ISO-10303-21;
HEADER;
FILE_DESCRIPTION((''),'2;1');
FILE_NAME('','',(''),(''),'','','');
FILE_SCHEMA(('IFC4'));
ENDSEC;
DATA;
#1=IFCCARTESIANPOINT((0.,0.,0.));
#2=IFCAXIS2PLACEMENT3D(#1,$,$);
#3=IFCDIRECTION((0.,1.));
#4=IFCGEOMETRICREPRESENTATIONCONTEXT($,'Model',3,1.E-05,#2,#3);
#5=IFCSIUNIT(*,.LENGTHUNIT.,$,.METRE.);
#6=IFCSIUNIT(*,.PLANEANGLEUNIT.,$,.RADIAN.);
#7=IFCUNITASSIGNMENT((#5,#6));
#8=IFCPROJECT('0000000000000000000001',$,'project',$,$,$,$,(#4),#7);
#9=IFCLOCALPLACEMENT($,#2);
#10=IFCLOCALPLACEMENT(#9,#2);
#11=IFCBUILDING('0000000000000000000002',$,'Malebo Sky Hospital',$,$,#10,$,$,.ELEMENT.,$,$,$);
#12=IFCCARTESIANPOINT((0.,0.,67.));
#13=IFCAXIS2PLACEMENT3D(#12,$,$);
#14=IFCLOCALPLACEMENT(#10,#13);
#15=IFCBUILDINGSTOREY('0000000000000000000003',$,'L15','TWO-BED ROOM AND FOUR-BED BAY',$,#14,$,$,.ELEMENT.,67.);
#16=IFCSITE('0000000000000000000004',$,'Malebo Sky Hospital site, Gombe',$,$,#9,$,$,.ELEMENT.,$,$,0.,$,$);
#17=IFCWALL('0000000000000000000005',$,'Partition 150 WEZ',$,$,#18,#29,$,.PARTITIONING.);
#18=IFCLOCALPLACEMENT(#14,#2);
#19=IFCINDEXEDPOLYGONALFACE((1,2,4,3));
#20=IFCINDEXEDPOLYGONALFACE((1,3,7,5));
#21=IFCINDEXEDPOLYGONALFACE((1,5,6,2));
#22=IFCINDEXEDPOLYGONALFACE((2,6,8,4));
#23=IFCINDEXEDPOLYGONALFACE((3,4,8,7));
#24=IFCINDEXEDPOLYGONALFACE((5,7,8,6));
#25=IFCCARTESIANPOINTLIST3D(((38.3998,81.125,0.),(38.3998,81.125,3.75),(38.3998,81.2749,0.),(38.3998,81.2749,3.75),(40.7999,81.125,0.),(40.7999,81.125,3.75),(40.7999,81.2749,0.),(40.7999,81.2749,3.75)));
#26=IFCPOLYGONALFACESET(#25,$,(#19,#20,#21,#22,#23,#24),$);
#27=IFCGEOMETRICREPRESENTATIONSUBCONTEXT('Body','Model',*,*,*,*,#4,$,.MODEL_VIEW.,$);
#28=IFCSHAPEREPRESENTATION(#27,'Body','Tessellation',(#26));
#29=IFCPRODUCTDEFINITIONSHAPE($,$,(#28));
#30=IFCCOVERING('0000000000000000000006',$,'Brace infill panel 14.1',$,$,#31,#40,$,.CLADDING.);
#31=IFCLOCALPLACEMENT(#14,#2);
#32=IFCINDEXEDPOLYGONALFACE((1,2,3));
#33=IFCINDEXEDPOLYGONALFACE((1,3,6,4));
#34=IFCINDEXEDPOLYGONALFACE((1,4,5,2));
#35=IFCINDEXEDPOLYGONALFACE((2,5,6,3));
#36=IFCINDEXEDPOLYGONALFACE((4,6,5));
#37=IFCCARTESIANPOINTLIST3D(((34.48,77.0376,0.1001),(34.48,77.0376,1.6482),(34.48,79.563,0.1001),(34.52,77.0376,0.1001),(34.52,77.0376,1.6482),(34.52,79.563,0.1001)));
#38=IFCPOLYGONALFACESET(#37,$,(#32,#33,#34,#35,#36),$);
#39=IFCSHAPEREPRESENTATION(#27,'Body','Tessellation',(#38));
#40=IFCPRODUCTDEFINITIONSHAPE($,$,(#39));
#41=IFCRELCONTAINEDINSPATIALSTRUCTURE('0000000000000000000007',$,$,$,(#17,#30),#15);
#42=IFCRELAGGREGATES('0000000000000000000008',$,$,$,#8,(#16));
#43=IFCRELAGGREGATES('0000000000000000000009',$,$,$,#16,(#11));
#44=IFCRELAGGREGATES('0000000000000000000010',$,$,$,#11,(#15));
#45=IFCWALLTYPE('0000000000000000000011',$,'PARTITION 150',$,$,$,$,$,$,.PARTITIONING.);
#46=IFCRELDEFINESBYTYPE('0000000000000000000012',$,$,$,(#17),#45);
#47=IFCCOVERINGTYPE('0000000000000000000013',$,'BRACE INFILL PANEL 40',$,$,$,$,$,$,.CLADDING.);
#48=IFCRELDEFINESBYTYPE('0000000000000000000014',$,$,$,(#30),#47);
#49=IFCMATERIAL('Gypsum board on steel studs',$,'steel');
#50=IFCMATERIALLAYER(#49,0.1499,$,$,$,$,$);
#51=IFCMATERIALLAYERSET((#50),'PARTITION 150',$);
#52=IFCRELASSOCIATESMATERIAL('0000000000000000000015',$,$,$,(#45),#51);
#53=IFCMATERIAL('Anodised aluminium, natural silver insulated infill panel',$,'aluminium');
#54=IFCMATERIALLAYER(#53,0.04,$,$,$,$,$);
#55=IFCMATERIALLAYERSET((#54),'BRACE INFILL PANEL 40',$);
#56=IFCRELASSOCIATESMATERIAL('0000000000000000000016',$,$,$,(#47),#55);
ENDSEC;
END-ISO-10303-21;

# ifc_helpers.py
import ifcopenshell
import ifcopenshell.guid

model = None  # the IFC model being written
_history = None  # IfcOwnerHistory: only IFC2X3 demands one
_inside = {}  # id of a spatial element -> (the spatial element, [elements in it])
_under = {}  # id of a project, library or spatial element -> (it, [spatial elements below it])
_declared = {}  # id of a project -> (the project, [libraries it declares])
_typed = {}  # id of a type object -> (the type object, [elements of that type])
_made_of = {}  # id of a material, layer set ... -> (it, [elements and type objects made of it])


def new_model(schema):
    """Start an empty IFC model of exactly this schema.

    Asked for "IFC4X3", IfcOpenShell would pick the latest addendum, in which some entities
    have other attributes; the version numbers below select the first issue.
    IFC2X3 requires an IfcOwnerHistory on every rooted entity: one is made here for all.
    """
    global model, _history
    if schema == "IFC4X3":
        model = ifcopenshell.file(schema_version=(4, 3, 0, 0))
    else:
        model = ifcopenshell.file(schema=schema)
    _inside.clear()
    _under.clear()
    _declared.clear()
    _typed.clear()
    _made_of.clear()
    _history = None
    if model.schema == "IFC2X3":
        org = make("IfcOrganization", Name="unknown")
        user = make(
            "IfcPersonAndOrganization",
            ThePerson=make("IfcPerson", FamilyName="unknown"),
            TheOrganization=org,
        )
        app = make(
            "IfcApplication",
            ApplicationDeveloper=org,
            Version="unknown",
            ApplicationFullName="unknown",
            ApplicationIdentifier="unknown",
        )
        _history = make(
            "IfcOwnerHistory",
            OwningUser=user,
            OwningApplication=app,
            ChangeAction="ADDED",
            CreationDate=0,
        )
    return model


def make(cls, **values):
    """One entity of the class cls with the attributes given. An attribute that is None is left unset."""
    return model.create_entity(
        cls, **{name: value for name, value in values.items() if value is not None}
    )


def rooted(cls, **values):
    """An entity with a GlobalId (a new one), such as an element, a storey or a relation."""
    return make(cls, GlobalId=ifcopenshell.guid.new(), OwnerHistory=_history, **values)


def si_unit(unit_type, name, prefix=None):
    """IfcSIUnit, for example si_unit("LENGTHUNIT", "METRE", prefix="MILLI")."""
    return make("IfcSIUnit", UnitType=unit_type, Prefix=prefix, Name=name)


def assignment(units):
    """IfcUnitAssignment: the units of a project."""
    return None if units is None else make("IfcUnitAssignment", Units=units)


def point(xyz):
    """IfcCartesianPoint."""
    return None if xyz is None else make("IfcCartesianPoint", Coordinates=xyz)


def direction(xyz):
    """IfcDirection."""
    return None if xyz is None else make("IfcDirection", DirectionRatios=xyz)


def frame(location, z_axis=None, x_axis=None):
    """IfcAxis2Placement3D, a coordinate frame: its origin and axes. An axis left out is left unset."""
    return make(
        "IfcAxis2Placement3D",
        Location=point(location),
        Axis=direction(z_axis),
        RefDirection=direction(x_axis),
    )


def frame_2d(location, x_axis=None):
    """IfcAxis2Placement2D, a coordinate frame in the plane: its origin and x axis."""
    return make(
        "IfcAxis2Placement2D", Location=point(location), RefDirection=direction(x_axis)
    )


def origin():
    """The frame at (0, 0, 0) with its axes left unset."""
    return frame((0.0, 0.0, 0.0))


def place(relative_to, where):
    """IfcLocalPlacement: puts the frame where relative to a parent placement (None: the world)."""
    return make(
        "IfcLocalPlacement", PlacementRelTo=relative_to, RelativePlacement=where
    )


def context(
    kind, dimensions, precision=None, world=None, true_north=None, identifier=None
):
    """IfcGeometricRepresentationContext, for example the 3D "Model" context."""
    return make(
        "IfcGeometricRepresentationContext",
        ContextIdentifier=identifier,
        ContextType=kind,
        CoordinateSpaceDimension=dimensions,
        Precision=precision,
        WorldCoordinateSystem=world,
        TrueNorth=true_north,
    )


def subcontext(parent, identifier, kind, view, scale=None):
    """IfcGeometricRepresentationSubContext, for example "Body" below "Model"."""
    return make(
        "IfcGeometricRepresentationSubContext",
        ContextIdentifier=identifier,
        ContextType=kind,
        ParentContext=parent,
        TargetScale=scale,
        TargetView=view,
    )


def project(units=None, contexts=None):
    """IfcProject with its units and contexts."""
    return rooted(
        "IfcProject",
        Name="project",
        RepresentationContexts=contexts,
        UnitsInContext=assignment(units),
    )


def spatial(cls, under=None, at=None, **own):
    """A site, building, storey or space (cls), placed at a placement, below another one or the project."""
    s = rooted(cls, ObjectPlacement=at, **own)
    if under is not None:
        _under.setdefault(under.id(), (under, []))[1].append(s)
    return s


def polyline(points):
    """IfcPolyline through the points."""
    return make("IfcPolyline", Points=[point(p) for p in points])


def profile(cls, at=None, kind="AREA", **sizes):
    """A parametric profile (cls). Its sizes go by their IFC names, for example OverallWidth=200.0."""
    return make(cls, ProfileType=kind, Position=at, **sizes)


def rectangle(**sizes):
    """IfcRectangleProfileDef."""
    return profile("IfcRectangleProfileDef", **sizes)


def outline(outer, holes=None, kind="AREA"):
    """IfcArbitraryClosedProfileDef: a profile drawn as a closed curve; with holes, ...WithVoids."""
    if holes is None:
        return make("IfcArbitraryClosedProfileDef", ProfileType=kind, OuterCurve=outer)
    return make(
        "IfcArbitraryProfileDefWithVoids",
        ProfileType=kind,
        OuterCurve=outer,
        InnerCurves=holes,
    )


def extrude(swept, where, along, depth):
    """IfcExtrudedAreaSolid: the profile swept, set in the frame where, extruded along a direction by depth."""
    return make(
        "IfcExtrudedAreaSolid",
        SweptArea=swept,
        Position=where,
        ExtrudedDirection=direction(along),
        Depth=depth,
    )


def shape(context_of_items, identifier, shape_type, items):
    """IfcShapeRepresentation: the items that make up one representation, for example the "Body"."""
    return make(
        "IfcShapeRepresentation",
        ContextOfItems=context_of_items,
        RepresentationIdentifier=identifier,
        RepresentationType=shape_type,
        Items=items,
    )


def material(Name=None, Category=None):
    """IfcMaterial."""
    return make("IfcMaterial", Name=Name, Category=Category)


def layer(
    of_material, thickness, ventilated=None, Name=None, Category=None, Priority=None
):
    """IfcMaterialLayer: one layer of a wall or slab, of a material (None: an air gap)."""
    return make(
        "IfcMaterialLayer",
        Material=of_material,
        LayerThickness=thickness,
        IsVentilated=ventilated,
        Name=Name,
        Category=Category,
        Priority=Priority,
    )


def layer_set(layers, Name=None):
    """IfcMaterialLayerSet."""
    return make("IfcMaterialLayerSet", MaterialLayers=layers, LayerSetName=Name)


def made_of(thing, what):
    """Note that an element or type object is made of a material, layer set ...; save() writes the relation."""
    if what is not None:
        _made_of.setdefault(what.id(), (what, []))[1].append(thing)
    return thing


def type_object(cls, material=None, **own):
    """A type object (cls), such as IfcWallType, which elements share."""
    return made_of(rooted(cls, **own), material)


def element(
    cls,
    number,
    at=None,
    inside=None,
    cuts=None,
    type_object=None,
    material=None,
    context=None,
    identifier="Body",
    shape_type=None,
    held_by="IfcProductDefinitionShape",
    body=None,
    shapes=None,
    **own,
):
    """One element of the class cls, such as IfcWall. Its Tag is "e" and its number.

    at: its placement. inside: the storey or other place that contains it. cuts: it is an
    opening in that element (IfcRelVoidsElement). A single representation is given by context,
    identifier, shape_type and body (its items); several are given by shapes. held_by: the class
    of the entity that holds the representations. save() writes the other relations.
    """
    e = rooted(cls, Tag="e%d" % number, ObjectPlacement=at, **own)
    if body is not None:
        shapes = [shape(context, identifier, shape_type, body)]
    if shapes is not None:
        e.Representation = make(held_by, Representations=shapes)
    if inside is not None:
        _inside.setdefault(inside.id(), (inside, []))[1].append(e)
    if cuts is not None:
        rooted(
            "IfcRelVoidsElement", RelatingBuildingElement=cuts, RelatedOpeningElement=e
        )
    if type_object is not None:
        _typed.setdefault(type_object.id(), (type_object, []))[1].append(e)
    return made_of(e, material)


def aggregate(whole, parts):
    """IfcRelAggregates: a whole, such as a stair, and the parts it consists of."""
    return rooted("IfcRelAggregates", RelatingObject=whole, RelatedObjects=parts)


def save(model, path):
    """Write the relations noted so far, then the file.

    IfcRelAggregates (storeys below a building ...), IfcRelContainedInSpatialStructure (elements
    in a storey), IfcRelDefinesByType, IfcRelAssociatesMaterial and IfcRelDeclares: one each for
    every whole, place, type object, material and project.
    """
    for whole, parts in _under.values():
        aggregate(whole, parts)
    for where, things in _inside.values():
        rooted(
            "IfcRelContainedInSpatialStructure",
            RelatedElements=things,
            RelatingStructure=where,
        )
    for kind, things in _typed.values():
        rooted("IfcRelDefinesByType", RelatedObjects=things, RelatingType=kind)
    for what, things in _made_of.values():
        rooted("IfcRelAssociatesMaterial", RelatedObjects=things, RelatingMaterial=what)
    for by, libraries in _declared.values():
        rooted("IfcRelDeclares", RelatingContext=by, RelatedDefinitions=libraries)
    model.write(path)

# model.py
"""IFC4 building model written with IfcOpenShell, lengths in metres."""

from ifc_helpers import new_model, si_unit, direction, frame, frame_2d, origin, place, context, subcontext, project, spatial, polyline, rectangle, outline, extrude, material, layer, layer_set, type_object, element, save


model = new_model("IFC4")

# Units and contexts
model_context = context("Model", 3, precision=1e-05, world=origin(), true_north=direction((0.0, 1.0)))
body_context = subcontext(model_context, "Body", "Model", "MODEL_VIEW")
ifc_project = project(units=[si_unit("LENGTHUNIT", "METRE"), si_unit("PLANEANGLEUNIT", "RADIAN")], contexts=[model_context])

# Site, building, storey
site_placement = place(None, origin())
site = spatial("IfcSite", under=ifc_project, at=site_placement, Name="Malebo Sky Hospital site, Gombe", CompositionType="ELEMENT", RefElevation=0.0)
building_placement = place(site_placement, origin())
building = spatial("IfcBuilding", under=site, at=building_placement, Name="Malebo Sky Hospital", CompositionType="ELEMENT")
storey_placement = place(building_placement, frame((0.0, 0.0, 67.0)))
storey = spatial("IfcBuildingStorey", under=building, at=storey_placement, Name="L15", Description="TWO-BED ROOM AND FOUR-BED BAY", CompositionType="ELEMENT", Elevation=67.0)

# Shared definitions
ifc_material_1 = material(Name="Gypsum board on steel studs", Category="steel")

# Shared definitions
ifc_layer_1 = layer(ifc_material_1, 0.1499)
ifc_layer_set_1 = layer_set([ifc_layer_1], Name="PARTITION 150")
wall_type_1 = type_object("IfcWallType", Name="PARTITION 150", PredefinedType="PARTITIONING", material=ifc_layer_set_1)

# Wall
for number, where, z_axis, x_axis, name in (
    (1, (40.8, 81.2, 0.0), (0.0, 0.0, 1.0), (-1.0, 0.0, 0.0), "Partition 150 WEZ"),
):
    element("IfcWall", number, at=place(storey_placement, frame(where, z_axis=z_axis, x_axis=x_axis)), inside=storey, type_object=wall_type_1, Name=name, PredefinedType="PARTITIONING", context=body_context, shape_type="SweptSolid", body=[
        extrude(rectangle(XDim=2.4001, YDim=0.1499, at=frame_2d((1.2002, 0.0))), origin(), (0.0, 0.0, 1.0), 3.75),
    ])

# Covering
ifc_material_2 = material(Name="Anodised aluminium, natural silver insulated infill panel", Category="aluminium")
ifc_layer_2 = layer(ifc_material_2, 0.04)
ifc_layer_set_2 = layer_set([ifc_layer_2], Name="BRACE INFILL PANEL 40")
covering_type = type_object("IfcCoveringType", Name="BRACE INFILL PANEL 40", PredefinedType="CLADDING", material=ifc_layer_set_2)
covering_placement = place(storey_placement, frame((34.5, 78.3003, 0.1001), z_axis=(0.0, 0.0, 1.0), x_axis=(0.0, 1.0, 0.0)))
element("IfcCovering", 2, at=covering_placement, inside=storey, type_object=covering_type, Name="Brace infill panel 14.1", PredefinedType="CLADDING", context=body_context, shape_type="SweptSolid", body=[
    extrude(outline(polyline([(-1.2627, 0.0), (1.2627, 0.0), (-1.2627, 1.5481), (-1.2627, 0.0)])), frame((0.0, 0.02, 0.0), z_axis=(0.0, -1.0, 0.0), x_axis=(1.0, 0.0, 0.0)), (0.0, 0.0, 1.0), 0.04),
])

save(model, "model.ifc")
